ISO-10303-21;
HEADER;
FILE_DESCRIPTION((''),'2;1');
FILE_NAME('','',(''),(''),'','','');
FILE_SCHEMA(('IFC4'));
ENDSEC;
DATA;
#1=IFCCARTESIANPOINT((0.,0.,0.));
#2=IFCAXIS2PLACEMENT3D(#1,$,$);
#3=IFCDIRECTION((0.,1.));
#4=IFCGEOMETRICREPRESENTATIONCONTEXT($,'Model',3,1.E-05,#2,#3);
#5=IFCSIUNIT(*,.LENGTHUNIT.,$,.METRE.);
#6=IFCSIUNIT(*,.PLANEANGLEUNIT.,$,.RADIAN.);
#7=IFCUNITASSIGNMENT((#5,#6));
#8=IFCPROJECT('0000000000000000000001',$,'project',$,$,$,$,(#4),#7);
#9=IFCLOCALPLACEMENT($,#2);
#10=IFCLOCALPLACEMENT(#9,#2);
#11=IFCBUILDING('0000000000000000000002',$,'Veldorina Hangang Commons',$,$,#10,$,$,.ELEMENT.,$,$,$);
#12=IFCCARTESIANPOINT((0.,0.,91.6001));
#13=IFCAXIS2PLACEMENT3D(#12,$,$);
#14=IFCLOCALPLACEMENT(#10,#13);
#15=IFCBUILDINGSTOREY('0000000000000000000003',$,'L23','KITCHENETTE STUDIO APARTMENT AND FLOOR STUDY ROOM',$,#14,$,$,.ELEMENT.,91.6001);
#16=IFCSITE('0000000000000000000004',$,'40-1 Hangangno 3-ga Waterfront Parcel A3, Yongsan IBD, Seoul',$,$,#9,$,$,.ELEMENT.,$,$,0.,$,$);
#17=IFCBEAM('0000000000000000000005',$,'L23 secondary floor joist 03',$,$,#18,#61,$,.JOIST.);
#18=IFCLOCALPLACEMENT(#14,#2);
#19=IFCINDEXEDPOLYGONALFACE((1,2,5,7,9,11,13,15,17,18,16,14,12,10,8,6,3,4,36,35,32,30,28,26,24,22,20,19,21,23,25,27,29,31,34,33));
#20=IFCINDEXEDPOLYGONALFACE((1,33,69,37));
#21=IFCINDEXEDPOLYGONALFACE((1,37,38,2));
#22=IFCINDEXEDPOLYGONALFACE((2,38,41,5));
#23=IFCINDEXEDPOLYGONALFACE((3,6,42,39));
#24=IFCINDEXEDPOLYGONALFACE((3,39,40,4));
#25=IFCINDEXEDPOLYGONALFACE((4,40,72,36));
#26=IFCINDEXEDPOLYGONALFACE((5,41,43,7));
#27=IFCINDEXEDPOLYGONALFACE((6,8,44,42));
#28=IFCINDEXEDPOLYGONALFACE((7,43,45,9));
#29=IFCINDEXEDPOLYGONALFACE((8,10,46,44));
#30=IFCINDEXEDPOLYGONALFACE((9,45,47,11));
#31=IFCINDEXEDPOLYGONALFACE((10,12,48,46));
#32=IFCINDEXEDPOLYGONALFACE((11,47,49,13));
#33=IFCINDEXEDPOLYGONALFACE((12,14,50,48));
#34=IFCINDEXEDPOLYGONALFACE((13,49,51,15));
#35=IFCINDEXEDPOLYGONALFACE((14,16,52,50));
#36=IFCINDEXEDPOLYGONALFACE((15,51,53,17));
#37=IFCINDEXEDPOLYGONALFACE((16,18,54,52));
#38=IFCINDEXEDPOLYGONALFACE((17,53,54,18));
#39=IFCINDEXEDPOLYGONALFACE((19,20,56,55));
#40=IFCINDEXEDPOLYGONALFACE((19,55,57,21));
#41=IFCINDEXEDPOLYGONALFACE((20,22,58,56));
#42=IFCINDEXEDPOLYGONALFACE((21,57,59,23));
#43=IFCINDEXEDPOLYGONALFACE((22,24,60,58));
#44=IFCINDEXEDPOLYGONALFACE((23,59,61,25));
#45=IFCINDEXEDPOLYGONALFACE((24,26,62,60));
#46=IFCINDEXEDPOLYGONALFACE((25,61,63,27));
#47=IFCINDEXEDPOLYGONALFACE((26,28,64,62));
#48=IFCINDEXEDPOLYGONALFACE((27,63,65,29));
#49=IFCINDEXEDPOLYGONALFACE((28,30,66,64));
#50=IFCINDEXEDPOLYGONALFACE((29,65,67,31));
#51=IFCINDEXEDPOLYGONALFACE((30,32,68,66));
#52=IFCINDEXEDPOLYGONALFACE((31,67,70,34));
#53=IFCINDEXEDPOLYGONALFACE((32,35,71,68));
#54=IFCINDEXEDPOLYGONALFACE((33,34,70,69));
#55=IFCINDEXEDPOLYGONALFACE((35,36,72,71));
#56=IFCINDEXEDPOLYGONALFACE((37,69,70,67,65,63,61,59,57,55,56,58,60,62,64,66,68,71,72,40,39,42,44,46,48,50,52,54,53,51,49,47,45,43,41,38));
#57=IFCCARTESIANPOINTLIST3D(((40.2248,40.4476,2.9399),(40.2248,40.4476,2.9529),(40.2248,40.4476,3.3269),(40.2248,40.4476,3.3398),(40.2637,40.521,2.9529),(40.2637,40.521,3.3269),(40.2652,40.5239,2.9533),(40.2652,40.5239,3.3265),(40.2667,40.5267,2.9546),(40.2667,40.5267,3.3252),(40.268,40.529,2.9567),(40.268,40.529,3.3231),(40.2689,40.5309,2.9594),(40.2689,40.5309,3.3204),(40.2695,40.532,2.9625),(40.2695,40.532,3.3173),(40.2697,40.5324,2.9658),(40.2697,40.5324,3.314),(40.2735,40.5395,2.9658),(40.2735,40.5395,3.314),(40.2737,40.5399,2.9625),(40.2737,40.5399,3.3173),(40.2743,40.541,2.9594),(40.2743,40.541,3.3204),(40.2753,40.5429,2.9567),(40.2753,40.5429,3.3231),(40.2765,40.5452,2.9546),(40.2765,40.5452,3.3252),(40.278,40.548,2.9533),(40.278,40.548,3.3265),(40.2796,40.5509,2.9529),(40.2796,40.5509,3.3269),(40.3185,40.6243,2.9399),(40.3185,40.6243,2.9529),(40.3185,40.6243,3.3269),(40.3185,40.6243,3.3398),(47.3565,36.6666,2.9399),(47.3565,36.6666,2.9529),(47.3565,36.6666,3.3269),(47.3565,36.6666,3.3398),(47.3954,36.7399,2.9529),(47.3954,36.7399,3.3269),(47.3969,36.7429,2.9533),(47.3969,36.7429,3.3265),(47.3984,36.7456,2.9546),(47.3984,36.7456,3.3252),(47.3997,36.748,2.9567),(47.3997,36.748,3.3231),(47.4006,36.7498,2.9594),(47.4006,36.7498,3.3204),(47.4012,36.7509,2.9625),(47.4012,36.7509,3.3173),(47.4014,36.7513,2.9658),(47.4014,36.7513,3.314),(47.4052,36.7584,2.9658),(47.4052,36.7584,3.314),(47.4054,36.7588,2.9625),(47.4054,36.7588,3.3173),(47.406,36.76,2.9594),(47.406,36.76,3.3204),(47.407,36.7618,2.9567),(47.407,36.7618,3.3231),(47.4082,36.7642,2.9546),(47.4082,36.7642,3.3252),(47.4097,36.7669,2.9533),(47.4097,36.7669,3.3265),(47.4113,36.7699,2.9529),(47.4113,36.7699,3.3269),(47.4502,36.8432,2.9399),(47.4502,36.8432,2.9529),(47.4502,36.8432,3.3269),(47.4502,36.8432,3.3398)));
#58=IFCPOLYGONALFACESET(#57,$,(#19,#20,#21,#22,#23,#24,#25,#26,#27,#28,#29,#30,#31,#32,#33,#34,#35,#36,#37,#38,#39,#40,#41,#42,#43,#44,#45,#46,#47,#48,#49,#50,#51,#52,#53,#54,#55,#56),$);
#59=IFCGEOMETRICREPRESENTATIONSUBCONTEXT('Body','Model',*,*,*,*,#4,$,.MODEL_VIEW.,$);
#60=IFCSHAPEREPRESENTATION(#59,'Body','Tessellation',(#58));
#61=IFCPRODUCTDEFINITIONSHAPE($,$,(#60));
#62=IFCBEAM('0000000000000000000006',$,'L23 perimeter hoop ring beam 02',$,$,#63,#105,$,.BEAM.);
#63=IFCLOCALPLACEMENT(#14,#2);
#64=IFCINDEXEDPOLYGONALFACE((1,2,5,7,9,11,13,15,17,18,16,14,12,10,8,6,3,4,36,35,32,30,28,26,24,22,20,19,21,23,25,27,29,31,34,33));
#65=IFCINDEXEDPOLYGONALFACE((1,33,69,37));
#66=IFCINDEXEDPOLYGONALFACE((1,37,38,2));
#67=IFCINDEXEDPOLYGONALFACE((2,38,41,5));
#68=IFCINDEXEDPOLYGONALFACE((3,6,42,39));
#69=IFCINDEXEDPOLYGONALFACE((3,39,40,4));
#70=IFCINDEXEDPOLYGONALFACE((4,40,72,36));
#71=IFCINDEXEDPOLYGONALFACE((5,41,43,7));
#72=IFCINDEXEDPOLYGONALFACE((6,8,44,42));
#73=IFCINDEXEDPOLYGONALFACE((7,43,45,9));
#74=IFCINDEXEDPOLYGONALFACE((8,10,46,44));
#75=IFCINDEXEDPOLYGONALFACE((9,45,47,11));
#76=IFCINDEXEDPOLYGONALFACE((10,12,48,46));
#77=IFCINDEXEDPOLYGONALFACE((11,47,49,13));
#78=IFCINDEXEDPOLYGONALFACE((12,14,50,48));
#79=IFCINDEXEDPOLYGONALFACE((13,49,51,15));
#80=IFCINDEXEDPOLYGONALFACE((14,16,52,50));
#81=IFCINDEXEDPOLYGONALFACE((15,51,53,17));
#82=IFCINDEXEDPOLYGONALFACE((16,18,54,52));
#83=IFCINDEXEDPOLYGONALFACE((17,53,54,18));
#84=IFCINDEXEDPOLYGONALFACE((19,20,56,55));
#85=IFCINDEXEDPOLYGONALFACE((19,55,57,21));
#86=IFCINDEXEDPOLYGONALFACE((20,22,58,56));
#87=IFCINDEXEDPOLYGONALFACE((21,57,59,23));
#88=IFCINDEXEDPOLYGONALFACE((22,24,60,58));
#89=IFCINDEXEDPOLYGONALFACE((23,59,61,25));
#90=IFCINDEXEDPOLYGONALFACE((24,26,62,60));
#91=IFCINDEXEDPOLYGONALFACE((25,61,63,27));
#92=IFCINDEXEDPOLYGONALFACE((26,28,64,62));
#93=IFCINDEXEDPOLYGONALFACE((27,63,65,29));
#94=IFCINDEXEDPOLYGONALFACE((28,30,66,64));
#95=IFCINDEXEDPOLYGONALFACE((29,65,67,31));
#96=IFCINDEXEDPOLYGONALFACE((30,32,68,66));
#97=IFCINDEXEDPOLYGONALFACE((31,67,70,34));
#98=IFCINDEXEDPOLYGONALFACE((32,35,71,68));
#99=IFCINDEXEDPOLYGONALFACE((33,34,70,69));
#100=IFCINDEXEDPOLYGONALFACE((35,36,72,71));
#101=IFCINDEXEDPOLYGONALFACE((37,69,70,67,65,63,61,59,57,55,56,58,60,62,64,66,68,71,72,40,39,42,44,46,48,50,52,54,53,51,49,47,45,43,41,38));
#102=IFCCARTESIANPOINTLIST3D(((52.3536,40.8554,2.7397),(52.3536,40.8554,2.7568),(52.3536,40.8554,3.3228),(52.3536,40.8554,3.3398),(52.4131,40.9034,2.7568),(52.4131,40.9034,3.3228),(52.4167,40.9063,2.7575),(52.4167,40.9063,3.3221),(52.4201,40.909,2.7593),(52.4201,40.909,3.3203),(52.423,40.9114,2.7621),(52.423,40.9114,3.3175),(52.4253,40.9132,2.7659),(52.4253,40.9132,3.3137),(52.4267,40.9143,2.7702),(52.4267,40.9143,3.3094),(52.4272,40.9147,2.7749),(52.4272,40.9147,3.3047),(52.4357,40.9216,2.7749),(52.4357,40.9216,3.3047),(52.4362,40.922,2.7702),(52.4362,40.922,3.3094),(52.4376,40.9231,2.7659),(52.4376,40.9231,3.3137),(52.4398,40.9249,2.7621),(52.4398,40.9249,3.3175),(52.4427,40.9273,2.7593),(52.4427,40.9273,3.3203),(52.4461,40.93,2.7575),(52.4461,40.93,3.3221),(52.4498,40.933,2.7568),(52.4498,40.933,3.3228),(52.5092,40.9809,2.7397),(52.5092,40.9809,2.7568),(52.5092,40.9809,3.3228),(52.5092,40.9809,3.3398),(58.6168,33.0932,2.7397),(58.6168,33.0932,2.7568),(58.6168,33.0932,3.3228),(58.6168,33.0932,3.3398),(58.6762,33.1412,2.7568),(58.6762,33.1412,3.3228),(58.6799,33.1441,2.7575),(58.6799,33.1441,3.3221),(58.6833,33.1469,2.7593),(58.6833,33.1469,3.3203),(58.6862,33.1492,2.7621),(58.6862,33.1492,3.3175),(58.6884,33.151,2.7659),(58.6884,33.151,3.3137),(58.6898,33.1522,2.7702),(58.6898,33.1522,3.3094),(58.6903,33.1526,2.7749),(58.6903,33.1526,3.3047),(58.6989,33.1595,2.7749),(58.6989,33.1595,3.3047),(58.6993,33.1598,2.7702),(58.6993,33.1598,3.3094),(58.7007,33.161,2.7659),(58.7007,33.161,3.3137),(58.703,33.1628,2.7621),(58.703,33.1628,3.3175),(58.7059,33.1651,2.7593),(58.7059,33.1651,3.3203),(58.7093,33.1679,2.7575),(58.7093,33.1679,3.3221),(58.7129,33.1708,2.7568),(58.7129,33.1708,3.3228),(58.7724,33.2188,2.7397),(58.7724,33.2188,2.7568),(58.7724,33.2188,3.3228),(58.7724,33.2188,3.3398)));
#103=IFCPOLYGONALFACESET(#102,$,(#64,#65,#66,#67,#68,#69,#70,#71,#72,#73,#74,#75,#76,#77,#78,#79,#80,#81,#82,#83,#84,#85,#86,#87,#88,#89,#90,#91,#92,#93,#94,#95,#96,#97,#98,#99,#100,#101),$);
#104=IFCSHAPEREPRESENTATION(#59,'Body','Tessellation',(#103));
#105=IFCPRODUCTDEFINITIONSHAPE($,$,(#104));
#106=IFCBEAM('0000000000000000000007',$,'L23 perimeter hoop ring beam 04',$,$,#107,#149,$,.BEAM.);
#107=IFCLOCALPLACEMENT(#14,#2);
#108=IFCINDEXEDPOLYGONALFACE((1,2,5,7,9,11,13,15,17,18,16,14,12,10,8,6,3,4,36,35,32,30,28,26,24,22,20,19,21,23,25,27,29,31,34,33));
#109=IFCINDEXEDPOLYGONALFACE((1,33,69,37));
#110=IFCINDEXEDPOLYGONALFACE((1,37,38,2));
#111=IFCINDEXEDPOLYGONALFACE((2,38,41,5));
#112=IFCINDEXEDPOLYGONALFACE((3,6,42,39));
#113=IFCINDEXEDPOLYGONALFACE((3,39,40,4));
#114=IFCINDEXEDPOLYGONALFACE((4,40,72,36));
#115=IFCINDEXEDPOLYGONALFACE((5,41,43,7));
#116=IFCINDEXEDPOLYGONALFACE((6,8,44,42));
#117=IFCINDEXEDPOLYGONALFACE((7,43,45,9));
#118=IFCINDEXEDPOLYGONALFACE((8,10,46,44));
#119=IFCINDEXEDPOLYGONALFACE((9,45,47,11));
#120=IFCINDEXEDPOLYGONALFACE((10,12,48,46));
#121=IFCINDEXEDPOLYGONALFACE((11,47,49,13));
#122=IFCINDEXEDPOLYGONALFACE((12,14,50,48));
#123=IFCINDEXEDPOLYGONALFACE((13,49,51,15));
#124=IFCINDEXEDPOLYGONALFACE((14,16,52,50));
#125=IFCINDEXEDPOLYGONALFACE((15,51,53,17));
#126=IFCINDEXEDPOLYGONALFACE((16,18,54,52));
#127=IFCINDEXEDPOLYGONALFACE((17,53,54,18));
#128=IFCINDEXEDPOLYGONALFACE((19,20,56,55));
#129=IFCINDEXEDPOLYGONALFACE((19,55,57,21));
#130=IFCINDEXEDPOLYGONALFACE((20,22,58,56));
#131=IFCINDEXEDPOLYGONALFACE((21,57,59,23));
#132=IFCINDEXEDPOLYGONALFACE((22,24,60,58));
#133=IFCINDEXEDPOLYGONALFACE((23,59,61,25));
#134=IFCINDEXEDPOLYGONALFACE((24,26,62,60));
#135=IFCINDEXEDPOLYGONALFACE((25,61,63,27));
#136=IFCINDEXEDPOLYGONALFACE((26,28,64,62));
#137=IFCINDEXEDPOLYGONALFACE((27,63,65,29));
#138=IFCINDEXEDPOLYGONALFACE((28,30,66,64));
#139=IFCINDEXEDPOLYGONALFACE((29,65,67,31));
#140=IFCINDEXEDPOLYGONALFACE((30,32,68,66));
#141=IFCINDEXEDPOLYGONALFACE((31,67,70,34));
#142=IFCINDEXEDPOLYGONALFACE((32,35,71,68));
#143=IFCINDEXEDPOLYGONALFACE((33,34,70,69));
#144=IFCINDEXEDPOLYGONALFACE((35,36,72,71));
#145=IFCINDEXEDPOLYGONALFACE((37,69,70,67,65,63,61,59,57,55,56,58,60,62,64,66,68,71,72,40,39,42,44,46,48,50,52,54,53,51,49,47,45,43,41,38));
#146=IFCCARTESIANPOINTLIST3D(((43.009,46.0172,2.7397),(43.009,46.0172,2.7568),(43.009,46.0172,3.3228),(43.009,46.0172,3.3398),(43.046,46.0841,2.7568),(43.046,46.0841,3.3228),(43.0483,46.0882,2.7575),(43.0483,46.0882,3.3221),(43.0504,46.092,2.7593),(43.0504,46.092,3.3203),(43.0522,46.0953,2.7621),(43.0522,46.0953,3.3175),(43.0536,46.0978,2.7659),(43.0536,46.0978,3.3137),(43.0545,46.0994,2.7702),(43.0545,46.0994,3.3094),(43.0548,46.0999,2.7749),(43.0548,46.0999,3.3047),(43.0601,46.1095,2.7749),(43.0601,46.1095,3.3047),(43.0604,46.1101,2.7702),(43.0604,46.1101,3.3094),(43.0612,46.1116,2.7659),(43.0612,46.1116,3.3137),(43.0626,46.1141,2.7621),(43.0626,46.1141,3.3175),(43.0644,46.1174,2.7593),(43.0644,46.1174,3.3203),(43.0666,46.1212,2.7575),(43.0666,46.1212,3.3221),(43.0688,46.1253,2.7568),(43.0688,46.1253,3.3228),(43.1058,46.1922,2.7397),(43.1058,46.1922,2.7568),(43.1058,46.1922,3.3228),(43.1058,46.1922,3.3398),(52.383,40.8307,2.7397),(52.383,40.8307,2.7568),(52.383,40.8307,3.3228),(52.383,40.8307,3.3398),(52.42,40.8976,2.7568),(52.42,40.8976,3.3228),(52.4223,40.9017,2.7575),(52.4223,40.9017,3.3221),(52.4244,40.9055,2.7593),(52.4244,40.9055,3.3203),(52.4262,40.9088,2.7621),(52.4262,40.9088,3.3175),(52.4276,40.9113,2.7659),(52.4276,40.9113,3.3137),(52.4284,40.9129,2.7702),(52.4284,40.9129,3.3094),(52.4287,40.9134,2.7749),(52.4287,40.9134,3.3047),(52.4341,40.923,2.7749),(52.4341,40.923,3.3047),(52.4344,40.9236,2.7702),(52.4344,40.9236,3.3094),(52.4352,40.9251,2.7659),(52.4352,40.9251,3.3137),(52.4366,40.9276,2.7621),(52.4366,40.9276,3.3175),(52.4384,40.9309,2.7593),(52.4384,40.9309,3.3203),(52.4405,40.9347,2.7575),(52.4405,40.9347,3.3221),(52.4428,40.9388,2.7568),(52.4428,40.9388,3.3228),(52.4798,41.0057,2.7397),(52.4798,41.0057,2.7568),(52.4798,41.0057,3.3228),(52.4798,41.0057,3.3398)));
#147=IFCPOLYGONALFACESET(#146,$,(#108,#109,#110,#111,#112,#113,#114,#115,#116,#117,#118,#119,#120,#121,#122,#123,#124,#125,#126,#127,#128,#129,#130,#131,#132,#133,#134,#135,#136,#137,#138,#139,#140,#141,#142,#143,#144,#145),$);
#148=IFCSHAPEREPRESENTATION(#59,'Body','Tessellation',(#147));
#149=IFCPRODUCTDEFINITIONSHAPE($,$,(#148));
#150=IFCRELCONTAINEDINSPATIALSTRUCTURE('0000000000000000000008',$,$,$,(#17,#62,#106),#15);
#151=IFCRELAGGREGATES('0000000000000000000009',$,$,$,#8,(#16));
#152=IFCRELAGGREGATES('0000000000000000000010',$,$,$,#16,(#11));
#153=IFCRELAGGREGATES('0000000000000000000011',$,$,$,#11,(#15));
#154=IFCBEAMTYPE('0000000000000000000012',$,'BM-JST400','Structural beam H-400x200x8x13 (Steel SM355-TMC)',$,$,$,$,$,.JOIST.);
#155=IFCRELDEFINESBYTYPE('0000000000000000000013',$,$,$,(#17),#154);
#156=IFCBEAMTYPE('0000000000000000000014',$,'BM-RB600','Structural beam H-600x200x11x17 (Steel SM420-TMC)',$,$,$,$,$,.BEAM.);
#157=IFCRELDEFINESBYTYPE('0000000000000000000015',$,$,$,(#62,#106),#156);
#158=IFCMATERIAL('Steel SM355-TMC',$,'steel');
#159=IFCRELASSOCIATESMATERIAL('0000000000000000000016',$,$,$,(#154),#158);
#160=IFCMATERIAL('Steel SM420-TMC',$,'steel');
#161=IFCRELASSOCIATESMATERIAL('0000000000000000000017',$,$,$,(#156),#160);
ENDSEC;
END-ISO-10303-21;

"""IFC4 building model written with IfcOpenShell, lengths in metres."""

from ifc_helpers import new_model, si_unit, direction, frame, origin, origin_2d, place, context, subcontext, project, spatial, i_section, extrude, material, material_profile, profile_set, type_object, element, save


model = new_model("IFC4")

# Units and contexts
model_context = context("Model", 3, precision=1e-05, world=origin(), true_north=direction((0.0, 1.0)))
body_context = subcontext(model_context, "Body", "Model", "MODEL_VIEW")
ifc_project = project(units=[si_unit("LENGTHUNIT", "METRE"), si_unit("PLANEANGLEUNIT", "RADIAN")], contexts=[model_context])

# Site, building, storey
site_placement = place(None, origin())
site = spatial("IfcSite", under=ifc_project, at=site_placement, Name="40-1 Hangangno 3-ga Waterfront Parcel A3, Yongsan IBD, Seoul", CompositionType="ELEMENT", RefElevation=0.0)
building_placement = place(site_placement, origin())
building = spatial("IfcBuilding", under=site, at=building_placement, Name="Veldorina Hangang Commons", CompositionType="ELEMENT")
storey_placement = place(building_placement, frame((0.0, 0.0, 91.6001)))
storey = spatial("IfcBuildingStorey", under=building, at=storey_placement, Name="L23", Description="KITCHENETTE STUDIO APARTMENT AND FLOOR STUDY ROOM", CompositionType="ELEMENT", Elevation=91.6001)

# Beams
ifc_material_1 = material(Name="Steel SM355-TMC", Category="steel")
ifc_material_profile_1 = material_profile(ifc_material_1, i_section(OverallWidth=0.2, OverallDepth=0.3999, WebThickness=0.0081, FlangeThickness=0.0129, FilletRadius=0.0129, at=origin_2d()), Name="H-400x200x8x13")
ifc_profile_set_1 = profile_set([ifc_material_profile_1], Name="Steel SM355-TMC")
beam_type_1 = type_object("IfcBeamType", Name="BM-JST400", Description="Structural beam H-400x200x8x13 (Steel SM355-TMC)", PredefinedType="JOIST", material=ifc_profile_set_1)
beam_1_placement = place(storey_placement, frame((47.4033, 36.7549, 3.1399), z_axis=(-0.883508, 0.468416, 0.0), x_axis=(-0.468416, -0.883508, 0.0)))
element("IfcBeam", 1, at=beam_1_placement, inside=storey, type_object=beam_type_1, Name="L23 secondary floor joist 03", PredefinedType="JOIST", context=body_context, shape_type="SweptSolid", body=[
    extrude(i_section(OverallWidth=0.2, OverallDepth=0.3999, WebThickness=0.0081, FlangeThickness=0.0129, FilletRadius=0.0129, at=origin_2d()), origin(), (0.0, 0.0, 1.0), 8.072),
])
ifc_material_2 = material(Name="Steel SM420-TMC", Category="steel")
ifc_material_profile_2 = material_profile(ifc_material_2, i_section(OverallWidth=0.2, OverallDepth=0.6001, WebThickness=0.011, FlangeThickness=0.0171, FilletRadius=0.0181, at=origin_2d()), Name="H-600x200x11x17")
ifc_profile_set_2 = profile_set([ifc_material_profile_2], Name="Steel SM420-TMC")
beam_type_2 = type_object("IfcBeamType", Name="BM-RB600", Description="Structural beam H-600x200x11x17 (Steel SM420-TMC)", PredefinedType="BEAM", material=ifc_profile_set_2)
beam_2_placement = place(storey_placement, frame((58.6946, 33.156, 3.0398), z_axis=(-0.627955, 0.778249, 0.0), x_axis=(-0.778249, -0.627955, 0.0)))
element("IfcBeam", 2, at=beam_2_placement, inside=storey, type_object=beam_type_2, Name="L23 perimeter hoop ring beam 02", PredefinedType="BEAM", context=body_context, shape_type="SweptSolid", body=[
    extrude(i_section(OverallWidth=0.2, OverallDepth=0.6001, WebThickness=0.011, FlangeThickness=0.0171, FilletRadius=0.0181, at=origin_2d()), origin(), (0.0, 0.0, 1.0), 9.9739),
])
beam_3_placement = place(storey_placement, frame((52.4314, 40.9182, 3.0398), z_axis=(-0.874999, 0.484125, 0.0), x_axis=(-0.484125, -0.874999, 0.0)))
element("IfcBeam", 3, at=beam_3_placement, inside=storey, type_object=beam_type_2, Name="L23 perimeter hoop ring beam 04", PredefinedType="BEAM", context=body_context, shape_type="SweptSolid", body=[
    extrude(i_section(OverallWidth=0.2, OverallDepth=0.6001, WebThickness=0.011, FlangeThickness=0.0171, FilletRadius=0.0181, at=origin_2d()), origin(), (0.0, 0.0, 1.0), 10.7131),
])

save(model, "model.ifc")
